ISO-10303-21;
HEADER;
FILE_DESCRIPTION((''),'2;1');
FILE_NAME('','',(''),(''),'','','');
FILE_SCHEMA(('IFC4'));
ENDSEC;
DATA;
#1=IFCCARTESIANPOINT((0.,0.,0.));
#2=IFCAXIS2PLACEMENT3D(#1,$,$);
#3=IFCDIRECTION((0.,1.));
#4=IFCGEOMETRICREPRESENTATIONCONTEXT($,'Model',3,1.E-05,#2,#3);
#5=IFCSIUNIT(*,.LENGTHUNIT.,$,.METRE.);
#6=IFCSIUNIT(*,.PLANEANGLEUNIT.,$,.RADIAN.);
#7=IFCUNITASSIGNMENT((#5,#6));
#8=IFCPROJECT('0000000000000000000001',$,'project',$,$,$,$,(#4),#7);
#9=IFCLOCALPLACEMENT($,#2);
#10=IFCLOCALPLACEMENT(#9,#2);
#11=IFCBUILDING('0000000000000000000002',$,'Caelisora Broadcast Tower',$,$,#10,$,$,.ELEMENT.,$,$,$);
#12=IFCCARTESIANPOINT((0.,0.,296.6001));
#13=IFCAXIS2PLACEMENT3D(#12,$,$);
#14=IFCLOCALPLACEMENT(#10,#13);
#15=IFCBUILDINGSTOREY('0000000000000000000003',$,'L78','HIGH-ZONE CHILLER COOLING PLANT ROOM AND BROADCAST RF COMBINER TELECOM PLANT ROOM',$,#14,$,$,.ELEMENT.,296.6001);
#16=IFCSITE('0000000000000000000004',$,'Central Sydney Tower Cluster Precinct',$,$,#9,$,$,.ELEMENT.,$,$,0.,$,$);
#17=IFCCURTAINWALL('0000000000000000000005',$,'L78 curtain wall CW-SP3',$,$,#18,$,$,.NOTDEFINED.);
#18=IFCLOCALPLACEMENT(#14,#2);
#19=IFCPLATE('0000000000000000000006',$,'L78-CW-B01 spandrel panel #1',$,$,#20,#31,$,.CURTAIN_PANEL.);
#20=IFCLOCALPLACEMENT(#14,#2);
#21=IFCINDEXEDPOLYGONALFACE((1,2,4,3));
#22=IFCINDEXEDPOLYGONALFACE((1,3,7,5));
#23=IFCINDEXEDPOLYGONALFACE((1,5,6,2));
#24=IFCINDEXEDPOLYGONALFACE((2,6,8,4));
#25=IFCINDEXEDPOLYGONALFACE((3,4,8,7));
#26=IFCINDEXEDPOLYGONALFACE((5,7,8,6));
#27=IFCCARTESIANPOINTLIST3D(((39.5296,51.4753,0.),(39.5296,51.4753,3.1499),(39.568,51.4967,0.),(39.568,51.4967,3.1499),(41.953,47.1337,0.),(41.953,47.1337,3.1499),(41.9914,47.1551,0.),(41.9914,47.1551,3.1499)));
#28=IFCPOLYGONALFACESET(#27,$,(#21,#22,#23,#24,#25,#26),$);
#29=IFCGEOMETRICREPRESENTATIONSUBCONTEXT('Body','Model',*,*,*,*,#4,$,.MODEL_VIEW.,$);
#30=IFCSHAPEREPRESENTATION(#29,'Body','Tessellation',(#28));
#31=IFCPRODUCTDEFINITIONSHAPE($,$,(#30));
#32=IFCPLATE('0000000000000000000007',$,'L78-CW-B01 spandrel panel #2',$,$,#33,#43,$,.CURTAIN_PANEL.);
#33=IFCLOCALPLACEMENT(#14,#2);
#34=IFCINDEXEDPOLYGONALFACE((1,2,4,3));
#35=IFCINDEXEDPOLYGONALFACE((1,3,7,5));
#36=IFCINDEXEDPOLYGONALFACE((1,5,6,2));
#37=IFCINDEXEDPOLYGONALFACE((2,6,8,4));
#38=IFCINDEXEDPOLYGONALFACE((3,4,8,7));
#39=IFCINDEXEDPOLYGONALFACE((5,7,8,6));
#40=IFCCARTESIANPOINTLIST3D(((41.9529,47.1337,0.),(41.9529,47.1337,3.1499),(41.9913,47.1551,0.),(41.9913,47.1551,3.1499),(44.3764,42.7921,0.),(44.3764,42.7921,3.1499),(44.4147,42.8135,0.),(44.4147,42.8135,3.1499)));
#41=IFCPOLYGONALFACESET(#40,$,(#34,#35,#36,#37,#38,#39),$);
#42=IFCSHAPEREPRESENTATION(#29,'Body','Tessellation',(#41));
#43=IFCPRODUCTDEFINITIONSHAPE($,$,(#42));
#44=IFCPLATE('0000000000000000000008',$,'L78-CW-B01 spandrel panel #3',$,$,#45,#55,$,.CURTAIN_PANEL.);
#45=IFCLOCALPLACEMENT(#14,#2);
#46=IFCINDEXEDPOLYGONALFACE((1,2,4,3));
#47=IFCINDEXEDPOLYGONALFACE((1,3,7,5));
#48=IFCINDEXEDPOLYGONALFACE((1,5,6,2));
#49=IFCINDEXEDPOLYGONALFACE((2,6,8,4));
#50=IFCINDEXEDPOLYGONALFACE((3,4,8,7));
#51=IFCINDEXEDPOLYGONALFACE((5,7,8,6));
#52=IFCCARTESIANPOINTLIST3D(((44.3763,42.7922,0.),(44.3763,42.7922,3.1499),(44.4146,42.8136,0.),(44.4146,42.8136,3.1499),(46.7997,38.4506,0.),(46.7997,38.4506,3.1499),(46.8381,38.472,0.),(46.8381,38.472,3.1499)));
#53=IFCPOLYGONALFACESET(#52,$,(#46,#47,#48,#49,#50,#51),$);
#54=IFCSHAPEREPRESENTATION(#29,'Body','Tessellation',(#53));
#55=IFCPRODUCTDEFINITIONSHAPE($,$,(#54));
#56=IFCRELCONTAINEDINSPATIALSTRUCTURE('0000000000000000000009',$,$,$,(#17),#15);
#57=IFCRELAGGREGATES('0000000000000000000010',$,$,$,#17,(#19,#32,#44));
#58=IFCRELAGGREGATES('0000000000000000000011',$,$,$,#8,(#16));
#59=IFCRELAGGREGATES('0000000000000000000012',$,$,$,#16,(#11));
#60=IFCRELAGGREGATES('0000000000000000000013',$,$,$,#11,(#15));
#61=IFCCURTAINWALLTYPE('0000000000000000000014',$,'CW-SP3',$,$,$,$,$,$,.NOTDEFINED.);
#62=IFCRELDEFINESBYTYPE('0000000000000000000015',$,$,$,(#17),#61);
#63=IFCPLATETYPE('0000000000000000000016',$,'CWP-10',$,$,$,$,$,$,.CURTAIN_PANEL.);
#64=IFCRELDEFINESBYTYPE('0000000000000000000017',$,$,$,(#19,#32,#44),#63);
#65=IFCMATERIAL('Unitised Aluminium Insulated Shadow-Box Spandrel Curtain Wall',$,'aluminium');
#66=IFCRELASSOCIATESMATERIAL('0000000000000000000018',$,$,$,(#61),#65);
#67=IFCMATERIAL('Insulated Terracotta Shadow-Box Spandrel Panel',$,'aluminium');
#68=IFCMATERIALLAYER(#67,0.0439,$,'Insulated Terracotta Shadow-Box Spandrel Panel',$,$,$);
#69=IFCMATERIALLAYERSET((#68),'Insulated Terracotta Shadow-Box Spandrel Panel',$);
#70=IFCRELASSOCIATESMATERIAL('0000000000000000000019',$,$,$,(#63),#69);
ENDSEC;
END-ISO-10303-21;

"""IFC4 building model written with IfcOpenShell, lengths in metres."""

from ifc_helpers import new_model, si_unit, direction, frame, origin, origin_2d, place, context, subcontext, project, spatial, rectangle, extrude, source, transform, mapped, material, layer, layer_set, type_object, type_shapes, element, aggregate, save


model = new_model("IFC4")

# Units and contexts
model_context = context("Model", 3, precision=1e-05, world=origin(), true_north=direction((0.0, 1.0)))
body_context = subcontext(model_context, "Body", "Model", "MODEL_VIEW")
ifc_project = project(units=[si_unit("LENGTHUNIT", "METRE"), si_unit("PLANEANGLEUNIT", "RADIAN")], contexts=[model_context])

# Site, building, storey
site_placement = place(None, origin())
site = spatial("IfcSite", under=ifc_project, at=site_placement, Name="Central Sydney Tower Cluster Precinct", CompositionType="ELEMENT", RefElevation=0.0)
building_placement = place(site_placement, origin())
building = spatial("IfcBuilding", under=site, at=building_placement, Name="Caelisora Broadcast Tower", CompositionType="ELEMENT")
storey_placement = place(building_placement, frame((0.0, 0.0, 296.6001)))
storey = spatial("IfcBuildingStorey", under=building, at=storey_placement, Name="L78", Description="HIGH-ZONE CHILLER COOLING PLANT ROOM AND BROADCAST RF COMBINER TELECOM PLANT ROOM", CompositionType="ELEMENT", Elevation=296.6001)

# Curtain wall, plates
ifc_material_1 = material(Name="Unitised Aluminium Insulated Shadow-Box Spandrel Curtain Wall", Category="aluminium")
curtain_wall_type = type_object("IfcCurtainWallType", Name="CW-SP3", PredefinedType="NOTDEFINED", material=ifc_material_1)
curtain_wall_placement = place(storey_placement, origin())
curtain_wall = element("IfcCurtainWall", 1, at=curtain_wall_placement, inside=storey, type_object=curtain_wall_type, Name="L78 curtain wall CW-SP3", PredefinedType="NOTDEFINED")
ifc_material_2 = material(Name="Insulated Terracotta Shadow-Box Spandrel Panel", Category="aluminium")
ifc_layer_1 = layer(ifc_material_2, 0.0439, Name="Insulated Terracotta Shadow-Box Spandrel Panel")
ifc_layer_set_1 = layer_set([ifc_layer_1], Name="Insulated Terracotta Shadow-Box Spandrel Panel")
plate_type = type_object("IfcPlateType", Name="CWP-10", PredefinedType="CURTAIN_PANEL", material=ifc_layer_set_1)
shared_shape_1 = source(origin(), body_context, "Body", "SweptSolid", [
    extrude(rectangle(XDim=4.9722, YDim=0.0439, at=origin_2d()), origin(), (0.0, 0.0, 1.0), 3.1499),
])
type_shapes(plate_type, [shared_shape_1])
plate_1_placement = place(storey_placement, frame((40.7605, 49.3152, 0.0), z_axis=(0.0, 0.0, 1.0), x_axis=(0.487403, -0.873177, 0.0)))
plate_1 = element("IfcPlate", 2, at=plate_1_placement, type_object=plate_type, Name="L78-CW-B01 spandrel panel #1", PredefinedType="CURTAIN_PANEL", context=body_context, shape_type="MappedRepresentation", body=[
    mapped(shared_shape_1, transform((0.0, 0.0, 0.0), scale=1.0)),
])
plate_2_placement = place(storey_placement, frame((43.1838, 44.9736, 0.0), z_axis=(0.0, 0.0, 1.0), x_axis=(0.487403, -0.873177, 0.0)))
plate_2 = element("IfcPlate", 3, at=plate_2_placement, type_object=plate_type, Name="L78-CW-B01 spandrel panel #2", PredefinedType="CURTAIN_PANEL", context=body_context, shape_type="MappedRepresentation", body=[
    mapped(shared_shape_1, transform((0.0, 0.0, 0.0), scale=1.0)),
])
plate_3_placement = place(storey_placement, frame((45.6072, 40.6321, 0.0), z_axis=(0.0, 0.0, 1.0), x_axis=(0.487403, -0.873177, 0.0)))
plate_3 = element("IfcPlate", 4, at=plate_3_placement, type_object=plate_type, Name="L78-CW-B01 spandrel panel #3", PredefinedType="CURTAIN_PANEL", context=body_context, shape_type="MappedRepresentation", body=[
    mapped(shared_shape_1, transform((0.0, 0.0, 0.0), scale=1.0)),
])
aggregate(curtain_wall, [plate_1, plate_2, plate_3])

save(model, "model.ifc")
